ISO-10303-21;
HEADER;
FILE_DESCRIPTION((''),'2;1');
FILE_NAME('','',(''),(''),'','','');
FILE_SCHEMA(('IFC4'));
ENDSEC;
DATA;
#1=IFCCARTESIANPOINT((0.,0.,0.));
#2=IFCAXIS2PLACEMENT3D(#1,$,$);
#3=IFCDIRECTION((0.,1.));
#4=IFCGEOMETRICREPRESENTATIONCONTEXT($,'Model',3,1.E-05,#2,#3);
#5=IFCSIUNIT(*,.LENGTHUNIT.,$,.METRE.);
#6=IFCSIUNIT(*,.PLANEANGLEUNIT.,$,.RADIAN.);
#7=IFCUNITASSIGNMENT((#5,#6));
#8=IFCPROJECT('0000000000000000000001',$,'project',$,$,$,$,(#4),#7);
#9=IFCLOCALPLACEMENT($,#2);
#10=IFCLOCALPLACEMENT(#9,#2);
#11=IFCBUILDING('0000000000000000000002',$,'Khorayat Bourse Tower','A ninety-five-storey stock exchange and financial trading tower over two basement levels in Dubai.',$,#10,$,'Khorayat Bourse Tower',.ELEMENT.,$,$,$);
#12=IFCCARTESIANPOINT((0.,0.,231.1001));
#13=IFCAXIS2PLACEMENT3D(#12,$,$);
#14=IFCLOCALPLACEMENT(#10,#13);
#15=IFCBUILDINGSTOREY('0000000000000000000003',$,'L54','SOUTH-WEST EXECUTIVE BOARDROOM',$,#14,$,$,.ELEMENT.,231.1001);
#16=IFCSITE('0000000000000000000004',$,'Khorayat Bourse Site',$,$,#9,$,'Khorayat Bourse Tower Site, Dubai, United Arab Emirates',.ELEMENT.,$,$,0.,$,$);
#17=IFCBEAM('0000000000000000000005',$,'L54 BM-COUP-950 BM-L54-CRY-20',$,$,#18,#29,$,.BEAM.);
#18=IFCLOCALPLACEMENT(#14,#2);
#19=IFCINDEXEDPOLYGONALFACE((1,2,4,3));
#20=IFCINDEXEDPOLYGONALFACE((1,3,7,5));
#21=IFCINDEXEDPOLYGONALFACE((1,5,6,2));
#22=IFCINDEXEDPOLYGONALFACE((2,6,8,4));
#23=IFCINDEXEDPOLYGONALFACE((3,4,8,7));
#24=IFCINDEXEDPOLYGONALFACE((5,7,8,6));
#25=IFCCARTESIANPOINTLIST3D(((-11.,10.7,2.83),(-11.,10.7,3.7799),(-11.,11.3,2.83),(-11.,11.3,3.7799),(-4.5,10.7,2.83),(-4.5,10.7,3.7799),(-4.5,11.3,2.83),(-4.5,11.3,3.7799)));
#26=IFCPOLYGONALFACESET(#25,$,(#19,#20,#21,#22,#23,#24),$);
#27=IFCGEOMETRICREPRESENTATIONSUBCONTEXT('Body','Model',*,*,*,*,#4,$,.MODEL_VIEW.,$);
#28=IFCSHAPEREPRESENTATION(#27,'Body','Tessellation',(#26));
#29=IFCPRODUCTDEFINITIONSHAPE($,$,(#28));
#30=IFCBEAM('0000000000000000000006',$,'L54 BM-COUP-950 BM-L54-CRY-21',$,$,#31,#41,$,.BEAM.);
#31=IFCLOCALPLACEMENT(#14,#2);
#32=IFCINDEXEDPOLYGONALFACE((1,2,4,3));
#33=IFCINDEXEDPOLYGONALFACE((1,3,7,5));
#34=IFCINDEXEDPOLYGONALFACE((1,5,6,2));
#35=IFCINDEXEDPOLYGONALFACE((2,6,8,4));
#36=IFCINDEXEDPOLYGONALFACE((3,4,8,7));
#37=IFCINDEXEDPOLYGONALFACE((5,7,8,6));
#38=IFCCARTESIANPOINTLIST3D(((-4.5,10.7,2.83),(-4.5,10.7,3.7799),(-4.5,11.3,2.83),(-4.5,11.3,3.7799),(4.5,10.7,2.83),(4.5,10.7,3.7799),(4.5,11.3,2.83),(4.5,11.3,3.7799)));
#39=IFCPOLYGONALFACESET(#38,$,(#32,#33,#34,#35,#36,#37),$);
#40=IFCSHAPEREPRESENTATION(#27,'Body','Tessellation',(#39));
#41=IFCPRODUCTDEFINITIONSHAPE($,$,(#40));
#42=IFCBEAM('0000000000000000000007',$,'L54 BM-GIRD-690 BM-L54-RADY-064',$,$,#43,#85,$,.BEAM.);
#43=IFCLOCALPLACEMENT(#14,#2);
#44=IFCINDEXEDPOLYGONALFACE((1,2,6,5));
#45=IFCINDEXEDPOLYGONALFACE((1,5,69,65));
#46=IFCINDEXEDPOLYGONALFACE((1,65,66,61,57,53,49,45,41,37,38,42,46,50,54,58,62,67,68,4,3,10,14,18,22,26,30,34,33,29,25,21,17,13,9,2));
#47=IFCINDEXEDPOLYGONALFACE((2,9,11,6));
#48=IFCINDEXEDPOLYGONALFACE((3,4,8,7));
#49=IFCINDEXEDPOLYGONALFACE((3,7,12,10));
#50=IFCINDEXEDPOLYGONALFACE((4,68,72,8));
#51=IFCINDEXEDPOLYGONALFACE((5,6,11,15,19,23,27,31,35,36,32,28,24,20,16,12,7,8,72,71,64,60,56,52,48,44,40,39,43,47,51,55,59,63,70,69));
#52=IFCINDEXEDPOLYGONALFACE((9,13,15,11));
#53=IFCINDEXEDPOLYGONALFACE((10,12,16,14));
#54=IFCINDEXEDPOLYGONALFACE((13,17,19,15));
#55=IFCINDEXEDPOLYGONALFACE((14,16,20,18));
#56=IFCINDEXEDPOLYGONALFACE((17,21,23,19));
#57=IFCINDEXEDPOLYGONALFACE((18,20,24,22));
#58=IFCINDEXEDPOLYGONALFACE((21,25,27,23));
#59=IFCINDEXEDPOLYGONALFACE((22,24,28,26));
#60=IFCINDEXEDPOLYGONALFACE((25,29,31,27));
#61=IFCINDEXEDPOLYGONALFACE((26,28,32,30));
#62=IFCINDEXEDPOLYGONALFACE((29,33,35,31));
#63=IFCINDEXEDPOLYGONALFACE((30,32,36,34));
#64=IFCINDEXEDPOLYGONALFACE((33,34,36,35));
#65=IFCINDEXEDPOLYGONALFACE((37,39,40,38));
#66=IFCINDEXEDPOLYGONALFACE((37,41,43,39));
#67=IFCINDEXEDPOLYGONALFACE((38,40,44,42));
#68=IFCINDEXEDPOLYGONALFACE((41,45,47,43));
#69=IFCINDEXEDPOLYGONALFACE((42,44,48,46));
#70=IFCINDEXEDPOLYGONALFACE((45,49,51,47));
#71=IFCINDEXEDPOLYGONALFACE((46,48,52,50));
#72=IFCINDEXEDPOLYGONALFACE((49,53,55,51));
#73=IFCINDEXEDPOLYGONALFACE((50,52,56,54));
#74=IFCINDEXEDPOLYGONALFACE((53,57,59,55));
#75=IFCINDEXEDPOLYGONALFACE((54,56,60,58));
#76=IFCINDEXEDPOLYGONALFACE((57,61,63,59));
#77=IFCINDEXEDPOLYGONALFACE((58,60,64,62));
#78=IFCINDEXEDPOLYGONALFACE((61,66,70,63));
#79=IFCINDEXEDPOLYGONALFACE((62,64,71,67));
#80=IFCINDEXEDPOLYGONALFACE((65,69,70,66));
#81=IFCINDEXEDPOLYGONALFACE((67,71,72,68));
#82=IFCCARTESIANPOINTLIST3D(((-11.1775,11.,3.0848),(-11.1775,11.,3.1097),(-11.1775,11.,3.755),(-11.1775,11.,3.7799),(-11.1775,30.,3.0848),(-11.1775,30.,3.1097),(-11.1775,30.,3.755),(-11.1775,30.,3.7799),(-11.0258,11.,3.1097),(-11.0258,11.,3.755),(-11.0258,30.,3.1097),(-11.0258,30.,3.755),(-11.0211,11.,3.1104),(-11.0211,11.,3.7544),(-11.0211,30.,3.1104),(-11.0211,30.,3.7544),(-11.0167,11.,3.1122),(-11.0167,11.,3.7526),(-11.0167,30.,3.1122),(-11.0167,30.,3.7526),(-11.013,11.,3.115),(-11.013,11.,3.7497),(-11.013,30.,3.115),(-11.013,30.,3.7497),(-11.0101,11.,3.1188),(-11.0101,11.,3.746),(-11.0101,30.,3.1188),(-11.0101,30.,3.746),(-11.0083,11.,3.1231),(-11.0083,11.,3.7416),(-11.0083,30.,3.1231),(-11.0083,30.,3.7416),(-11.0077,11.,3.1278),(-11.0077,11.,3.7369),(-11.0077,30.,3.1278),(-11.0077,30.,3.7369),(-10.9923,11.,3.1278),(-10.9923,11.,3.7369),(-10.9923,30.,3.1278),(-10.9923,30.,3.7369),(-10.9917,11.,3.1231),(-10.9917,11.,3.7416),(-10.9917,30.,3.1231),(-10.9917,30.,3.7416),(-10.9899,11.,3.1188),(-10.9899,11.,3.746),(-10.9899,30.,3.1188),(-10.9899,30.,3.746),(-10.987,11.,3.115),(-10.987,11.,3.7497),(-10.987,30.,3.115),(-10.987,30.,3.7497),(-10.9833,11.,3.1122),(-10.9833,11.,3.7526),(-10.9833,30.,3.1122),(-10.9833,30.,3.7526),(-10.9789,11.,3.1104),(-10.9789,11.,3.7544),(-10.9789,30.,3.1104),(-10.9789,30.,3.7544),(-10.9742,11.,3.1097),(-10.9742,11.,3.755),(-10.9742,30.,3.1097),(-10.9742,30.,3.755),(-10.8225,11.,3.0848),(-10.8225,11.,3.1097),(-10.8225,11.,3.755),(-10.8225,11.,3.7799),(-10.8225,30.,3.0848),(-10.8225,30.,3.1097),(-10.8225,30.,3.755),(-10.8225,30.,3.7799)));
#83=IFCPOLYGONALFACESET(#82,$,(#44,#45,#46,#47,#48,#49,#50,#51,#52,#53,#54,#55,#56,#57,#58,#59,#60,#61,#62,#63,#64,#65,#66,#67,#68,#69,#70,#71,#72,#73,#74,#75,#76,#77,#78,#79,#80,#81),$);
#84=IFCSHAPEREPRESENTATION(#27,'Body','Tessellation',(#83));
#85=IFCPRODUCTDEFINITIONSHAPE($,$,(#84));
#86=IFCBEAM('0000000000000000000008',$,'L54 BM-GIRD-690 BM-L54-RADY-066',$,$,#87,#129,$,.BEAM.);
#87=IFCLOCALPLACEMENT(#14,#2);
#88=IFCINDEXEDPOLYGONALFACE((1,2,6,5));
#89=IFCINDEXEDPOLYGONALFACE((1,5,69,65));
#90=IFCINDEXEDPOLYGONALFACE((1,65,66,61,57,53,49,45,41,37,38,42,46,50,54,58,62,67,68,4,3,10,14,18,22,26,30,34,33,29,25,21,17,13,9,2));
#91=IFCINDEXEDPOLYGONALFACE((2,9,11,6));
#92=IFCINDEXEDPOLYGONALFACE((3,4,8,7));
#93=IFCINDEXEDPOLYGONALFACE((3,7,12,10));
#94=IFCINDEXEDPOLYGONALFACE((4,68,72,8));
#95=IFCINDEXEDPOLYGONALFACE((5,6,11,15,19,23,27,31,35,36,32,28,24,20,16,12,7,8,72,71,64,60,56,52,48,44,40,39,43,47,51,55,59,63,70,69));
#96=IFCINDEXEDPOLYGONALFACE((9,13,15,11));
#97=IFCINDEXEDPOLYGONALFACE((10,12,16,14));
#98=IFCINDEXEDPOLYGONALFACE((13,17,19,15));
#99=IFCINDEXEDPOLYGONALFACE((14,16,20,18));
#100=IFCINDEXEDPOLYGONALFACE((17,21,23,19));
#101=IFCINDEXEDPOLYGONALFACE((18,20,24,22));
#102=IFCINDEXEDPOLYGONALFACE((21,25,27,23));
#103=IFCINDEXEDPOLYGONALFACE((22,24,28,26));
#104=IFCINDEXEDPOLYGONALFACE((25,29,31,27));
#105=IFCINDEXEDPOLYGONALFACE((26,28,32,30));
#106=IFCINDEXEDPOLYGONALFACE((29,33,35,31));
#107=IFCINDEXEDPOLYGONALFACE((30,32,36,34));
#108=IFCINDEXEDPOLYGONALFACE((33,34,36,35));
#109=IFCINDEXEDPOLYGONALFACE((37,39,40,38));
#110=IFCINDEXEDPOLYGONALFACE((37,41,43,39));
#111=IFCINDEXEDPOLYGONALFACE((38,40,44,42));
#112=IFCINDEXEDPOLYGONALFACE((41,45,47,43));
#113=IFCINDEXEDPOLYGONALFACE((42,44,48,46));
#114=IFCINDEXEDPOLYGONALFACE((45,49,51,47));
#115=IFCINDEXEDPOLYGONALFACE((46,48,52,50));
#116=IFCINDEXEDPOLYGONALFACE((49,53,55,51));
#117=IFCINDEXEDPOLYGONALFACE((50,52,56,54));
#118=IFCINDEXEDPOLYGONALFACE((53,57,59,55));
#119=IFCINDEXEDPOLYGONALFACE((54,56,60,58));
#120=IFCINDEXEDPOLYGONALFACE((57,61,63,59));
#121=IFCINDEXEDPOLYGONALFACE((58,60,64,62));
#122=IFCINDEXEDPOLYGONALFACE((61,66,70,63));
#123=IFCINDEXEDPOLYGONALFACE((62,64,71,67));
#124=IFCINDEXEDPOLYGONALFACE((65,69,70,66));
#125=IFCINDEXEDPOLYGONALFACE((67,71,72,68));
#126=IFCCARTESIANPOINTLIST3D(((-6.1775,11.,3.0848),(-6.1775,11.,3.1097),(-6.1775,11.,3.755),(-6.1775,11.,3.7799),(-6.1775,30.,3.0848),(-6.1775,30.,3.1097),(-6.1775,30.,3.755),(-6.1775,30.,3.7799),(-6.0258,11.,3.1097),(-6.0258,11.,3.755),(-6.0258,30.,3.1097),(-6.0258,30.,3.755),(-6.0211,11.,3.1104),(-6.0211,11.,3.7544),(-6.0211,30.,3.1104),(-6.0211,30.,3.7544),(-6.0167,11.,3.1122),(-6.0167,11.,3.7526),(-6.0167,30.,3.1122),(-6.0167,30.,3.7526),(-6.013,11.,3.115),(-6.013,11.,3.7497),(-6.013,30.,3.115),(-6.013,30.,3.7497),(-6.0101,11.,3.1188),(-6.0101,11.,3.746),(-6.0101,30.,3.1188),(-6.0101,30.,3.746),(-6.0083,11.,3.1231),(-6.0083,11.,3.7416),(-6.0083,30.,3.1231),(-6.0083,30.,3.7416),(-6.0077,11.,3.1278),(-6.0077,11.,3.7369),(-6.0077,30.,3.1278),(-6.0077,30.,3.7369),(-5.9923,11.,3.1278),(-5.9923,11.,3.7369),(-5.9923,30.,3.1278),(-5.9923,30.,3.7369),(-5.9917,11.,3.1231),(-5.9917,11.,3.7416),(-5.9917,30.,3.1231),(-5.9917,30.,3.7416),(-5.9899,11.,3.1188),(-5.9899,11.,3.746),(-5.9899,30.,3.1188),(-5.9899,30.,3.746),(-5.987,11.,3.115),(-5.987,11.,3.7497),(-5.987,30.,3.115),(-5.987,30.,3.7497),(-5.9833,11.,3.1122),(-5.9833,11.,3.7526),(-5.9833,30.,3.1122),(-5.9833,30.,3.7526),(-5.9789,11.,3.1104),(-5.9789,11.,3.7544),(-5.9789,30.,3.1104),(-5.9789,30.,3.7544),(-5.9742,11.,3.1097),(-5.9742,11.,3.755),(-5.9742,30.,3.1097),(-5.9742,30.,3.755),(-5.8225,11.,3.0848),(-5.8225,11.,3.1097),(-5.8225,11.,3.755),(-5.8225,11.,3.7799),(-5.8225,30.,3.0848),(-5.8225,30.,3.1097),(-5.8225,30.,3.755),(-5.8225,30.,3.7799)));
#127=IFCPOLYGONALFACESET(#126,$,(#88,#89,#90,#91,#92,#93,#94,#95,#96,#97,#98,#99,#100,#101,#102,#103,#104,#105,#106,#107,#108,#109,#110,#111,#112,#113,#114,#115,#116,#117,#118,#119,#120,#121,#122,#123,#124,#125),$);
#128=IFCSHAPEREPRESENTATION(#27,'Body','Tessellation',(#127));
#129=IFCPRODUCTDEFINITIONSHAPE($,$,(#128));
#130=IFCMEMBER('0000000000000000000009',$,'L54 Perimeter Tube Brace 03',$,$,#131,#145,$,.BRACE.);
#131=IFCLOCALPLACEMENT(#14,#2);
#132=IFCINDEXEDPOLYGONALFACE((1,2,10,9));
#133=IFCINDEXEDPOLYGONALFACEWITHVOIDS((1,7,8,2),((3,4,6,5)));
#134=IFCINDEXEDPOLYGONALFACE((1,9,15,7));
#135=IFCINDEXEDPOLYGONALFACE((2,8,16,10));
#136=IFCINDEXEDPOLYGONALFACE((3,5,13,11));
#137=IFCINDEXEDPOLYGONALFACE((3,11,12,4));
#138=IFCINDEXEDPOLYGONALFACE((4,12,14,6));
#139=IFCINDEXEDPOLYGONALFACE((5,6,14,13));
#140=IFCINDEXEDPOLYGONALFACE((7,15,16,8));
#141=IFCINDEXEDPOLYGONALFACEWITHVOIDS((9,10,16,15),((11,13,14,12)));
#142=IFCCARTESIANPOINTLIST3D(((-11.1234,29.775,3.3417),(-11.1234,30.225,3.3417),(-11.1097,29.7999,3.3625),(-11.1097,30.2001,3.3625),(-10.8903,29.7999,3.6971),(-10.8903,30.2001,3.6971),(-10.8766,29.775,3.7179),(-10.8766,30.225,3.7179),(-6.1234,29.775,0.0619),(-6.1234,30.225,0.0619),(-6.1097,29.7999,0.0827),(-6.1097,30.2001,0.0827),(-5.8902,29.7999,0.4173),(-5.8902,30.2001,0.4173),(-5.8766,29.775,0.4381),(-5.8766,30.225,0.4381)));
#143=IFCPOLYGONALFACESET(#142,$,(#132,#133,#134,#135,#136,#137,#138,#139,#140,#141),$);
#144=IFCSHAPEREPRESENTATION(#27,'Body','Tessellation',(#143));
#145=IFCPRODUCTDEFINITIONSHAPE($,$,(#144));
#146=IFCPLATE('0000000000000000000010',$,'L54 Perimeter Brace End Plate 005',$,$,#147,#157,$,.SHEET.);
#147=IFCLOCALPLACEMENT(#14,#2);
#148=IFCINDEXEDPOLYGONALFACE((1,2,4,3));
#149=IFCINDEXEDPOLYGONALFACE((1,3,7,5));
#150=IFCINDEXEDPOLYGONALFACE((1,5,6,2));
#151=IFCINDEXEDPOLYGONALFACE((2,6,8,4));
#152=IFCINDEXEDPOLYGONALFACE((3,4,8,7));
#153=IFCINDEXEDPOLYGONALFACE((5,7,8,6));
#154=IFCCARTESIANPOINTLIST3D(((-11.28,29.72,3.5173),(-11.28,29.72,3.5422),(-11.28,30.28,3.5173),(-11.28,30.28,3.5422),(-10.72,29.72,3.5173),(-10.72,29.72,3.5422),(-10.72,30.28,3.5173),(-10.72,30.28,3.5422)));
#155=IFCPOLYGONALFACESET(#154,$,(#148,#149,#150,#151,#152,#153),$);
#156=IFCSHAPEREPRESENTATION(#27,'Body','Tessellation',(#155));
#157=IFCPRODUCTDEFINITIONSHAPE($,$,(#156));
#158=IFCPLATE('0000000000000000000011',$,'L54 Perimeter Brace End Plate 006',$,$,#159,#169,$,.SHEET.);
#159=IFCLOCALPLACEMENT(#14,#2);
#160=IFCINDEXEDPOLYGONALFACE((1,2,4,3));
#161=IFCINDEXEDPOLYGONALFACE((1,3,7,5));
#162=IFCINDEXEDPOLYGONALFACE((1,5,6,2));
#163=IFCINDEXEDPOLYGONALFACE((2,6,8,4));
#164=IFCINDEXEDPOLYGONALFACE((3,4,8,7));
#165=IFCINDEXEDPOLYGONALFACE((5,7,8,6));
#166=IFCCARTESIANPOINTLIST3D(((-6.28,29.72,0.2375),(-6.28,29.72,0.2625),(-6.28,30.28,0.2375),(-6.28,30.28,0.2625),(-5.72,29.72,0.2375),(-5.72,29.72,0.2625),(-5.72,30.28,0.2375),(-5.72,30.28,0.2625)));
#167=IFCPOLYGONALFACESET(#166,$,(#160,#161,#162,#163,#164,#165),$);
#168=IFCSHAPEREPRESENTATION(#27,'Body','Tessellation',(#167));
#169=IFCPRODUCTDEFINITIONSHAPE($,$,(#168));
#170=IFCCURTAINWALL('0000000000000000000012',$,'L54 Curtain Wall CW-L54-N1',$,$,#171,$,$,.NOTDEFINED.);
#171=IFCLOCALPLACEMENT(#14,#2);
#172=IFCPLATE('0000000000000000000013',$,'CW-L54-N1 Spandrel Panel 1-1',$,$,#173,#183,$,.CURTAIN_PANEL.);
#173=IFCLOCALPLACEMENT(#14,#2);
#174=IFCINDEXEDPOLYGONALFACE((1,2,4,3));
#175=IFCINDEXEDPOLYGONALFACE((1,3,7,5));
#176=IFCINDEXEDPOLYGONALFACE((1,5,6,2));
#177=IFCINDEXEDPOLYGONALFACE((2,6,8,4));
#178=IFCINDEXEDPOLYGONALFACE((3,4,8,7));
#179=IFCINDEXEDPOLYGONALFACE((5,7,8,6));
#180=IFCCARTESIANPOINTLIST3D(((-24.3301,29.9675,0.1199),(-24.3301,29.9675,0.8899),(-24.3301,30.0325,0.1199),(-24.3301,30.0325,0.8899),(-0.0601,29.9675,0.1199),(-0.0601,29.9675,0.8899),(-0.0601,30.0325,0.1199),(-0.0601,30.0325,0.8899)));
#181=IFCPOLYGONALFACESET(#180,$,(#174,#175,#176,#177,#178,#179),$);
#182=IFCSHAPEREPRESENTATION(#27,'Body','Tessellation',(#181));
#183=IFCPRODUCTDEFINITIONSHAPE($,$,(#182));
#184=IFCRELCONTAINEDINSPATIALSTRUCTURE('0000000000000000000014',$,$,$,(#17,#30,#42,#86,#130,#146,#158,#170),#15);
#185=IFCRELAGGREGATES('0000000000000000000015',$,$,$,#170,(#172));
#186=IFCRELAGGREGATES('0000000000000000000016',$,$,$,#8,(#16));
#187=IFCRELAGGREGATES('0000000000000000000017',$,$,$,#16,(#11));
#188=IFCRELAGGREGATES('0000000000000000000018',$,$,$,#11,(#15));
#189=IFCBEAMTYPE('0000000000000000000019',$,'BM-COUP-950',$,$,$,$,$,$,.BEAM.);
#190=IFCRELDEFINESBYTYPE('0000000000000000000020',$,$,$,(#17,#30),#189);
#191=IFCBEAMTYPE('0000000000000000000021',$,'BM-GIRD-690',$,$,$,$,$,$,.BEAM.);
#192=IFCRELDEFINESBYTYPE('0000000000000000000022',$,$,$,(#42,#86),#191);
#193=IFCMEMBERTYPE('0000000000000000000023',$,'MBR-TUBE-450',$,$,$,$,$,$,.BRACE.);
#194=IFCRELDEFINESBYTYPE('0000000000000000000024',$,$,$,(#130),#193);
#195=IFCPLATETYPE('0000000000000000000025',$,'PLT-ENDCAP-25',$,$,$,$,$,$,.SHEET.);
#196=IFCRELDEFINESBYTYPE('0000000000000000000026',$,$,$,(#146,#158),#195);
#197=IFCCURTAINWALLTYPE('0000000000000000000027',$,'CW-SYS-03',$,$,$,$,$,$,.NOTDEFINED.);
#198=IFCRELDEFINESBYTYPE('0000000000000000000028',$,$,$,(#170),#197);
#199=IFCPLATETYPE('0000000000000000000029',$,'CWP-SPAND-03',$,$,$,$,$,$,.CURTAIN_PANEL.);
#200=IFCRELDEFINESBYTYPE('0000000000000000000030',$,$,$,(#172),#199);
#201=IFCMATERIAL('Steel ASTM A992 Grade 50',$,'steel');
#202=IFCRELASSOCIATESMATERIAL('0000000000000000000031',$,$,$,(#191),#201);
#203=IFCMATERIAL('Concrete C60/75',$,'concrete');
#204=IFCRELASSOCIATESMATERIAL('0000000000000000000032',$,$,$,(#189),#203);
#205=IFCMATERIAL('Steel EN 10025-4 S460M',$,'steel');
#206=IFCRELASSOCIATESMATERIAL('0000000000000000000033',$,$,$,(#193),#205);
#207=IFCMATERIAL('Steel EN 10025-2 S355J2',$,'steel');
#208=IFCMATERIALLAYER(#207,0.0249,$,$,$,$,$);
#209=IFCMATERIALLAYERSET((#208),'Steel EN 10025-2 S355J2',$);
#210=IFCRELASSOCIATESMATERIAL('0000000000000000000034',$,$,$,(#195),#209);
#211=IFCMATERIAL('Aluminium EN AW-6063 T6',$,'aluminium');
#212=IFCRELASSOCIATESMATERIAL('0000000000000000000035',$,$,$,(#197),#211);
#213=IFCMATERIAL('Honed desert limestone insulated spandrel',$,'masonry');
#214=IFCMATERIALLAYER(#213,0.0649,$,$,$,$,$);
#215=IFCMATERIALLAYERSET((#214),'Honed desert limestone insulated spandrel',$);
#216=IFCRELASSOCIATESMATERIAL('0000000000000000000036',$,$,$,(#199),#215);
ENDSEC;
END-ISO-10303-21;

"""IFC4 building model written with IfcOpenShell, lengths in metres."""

from ifc_helpers import new_model, si_unit, direction, frame, origin, origin_2d, place, context, subcontext, project, spatial, rectangle, hollow_rectangle, i_section, extrude, source, transform, mapped, material, layer, layer_set, material_profile, profile_set, type_object, element, aggregate, save


model = new_model("IFC4")

# Units and contexts
model_context = context("Model", 3, precision=1e-05, world=origin(), true_north=direction((0.0, 1.0)))
body_context = subcontext(model_context, "Body", "Model", "MODEL_VIEW")
ifc_project = project(units=[si_unit("LENGTHUNIT", "METRE"), si_unit("PLANEANGLEUNIT", "RADIAN")], contexts=[model_context])

# Site, building, storey
site_placement = place(None, origin())
site = spatial("IfcSite", under=ifc_project, at=site_placement, Name="Khorayat Bourse Site", LongName="Khorayat Bourse Tower Site, Dubai, United Arab Emirates", CompositionType="ELEMENT", RefElevation=0.0)
building_placement = place(site_placement, origin())
building = spatial("IfcBuilding", under=site, at=building_placement, Name="Khorayat Bourse Tower", Description="A ninety-five-storey stock exchange and financial trading tower over two basement levels in Dubai.", LongName="Khorayat Bourse Tower", CompositionType="ELEMENT")
storey_placement = place(building_placement, frame((0.0, 0.0, 231.1001)))
storey = spatial("IfcBuildingStorey", under=building, at=storey_placement, Name="L54", Description="SOUTH-WEST EXECUTIVE BOARDROOM", CompositionType="ELEMENT", Elevation=231.1001)

# Shared definitions
ifc_material_1 = material(Name="Concrete C60/75", Category="concrete")
ifc_material_2 = material(Name="Steel EN 10025-4 S460M", Category="steel")

# Beams
ifc_material_3 = material(Name="Steel ASTM A992 Grade 50", Category="steel")
ifc_material_profile_1 = material_profile(ifc_material_3, i_section(OverallWidth=0.355, OverallDepth=0.6951, WebThickness=0.0154, FlangeThickness=0.0249, FilletRadius=0.0181, at=origin_2d()), Name="W690X217")
ifc_profile_set_1 = profile_set([ifc_material_profile_1], Name="Steel ASTM A992 Grade 50")
beam_type_1 = type_object("IfcBeamType", Name="BM-GIRD-690", PredefinedType="BEAM", material=ifc_profile_set_1)
ifc_material_profile_2 = material_profile(ifc_material_1, rectangle(XDim=0.6001, YDim=0.95, at=origin_2d()), Name="RC 600x950")
ifc_profile_set_2 = profile_set([ifc_material_profile_2], Name="Concrete C60/75")
beam_type_2 = type_object("IfcBeamType", Name="BM-COUP-950", PredefinedType="BEAM", material=ifc_profile_set_2)
shared_shape_1 = source(origin(), body_context, "Body", "SweptSolid", [
    extrude(rectangle(XDim=0.6001, YDim=0.95, at=origin_2d()), origin(), (0.0, 0.0, 1.0), 6.5),
])
beam_1_placement = place(storey_placement, frame((-11.0, 11.0, 3.3049), z_axis=(1.0, 0.0, 0.0), x_axis=(0.0, 1.0, 0.0)))
element("IfcBeam", 1, at=beam_1_placement, inside=storey, type_object=beam_type_2, Name="L54 BM-COUP-950 BM-L54-CRY-20", PredefinedType="BEAM", context=body_context, shape_type="MappedRepresentation", body=[
    mapped(shared_shape_1, transform((0.0, 0.0, 0.0), scale=1.0)),
])
shared_shape_2 = source(origin(), body_context, "Body", "SweptSolid", [
    extrude(rectangle(XDim=0.6001, YDim=0.95, at=origin_2d()), origin(), (0.0, 0.0, 1.0), 9.0),
])
beam_2_placement = place(storey_placement, frame((-4.5, 11.0, 3.3049), z_axis=(1.0, 0.0, 0.0), x_axis=(0.0, 1.0, 0.0)))
element("IfcBeam", 2, at=beam_2_placement, inside=storey, type_object=beam_type_2, Name="L54 BM-COUP-950 BM-L54-CRY-21", PredefinedType="BEAM", context=body_context, shape_type="MappedRepresentation", body=[
    mapped(shared_shape_2, transform((0.0, 0.0, 0.0), scale=1.0)),
])
shared_shape_3 = source(origin(), body_context, "Body", "SweptSolid", [
    extrude(i_section(OverallWidth=0.355, OverallDepth=0.6951, WebThickness=0.0154, FlangeThickness=0.0249, FilletRadius=0.0181, at=origin_2d()), origin(), (0.0, 0.0, 1.0), 19.0),
])
for number, where, z_axis, x_axis, name in (
    (3, (-11.0, 11.0, 3.4324), (0.0, 1.0, 0.0), (-1.0, 0.0, 0.0), "L54 BM-GIRD-690 BM-L54-RADY-064"),
    (4, (-6.0, 11.0, 3.4324), (0.0, 1.0, 0.0), (-1.0, 0.0, 0.0), "L54 BM-GIRD-690 BM-L54-RADY-066"),
):
    element("IfcBeam", number, at=place(storey_placement, frame(where, z_axis=z_axis, x_axis=x_axis)), inside=storey, type_object=beam_type_1, Name=name, PredefinedType="BEAM", context=body_context, shape_type="MappedRepresentation", body=[
        mapped(shared_shape_3, transform((0.0, 0.0, 0.0), scale=1.0)),
    ])

# Member
ifc_material_profile_3 = material_profile(ifc_material_2, hollow_rectangle(XDim=0.45, YDim=0.45, WallThickness=0.0249, at=origin_2d()), Name="HSS 450x450x25")
ifc_profile_set_3 = profile_set([ifc_material_profile_3], Name="Steel EN 10025-4 S460M")
member_type = type_object("IfcMemberType", Name="MBR-TUBE-450", PredefinedType="BRACE", material=ifc_profile_set_3)
shared_shape_4 = source(origin(), body_context, "Body", "SweptSolid", [
    extrude(hollow_rectangle(XDim=0.45, YDim=0.45, WallThickness=0.0249, at=origin_2d()), origin(), (0.0, 0.0, 1.0), 5.9797),
])
member_placement = place(storey_placement, frame((-11.0, 30.0, 3.5298), z_axis=(0.83616, 0.0, -0.548485), x_axis=(0.0, 1.0, 0.0)))
element("IfcMember", 5, at=member_placement, inside=storey, type_object=member_type, Name="L54 Perimeter Tube Brace 03", PredefinedType="BRACE", context=body_context, shape_type="MappedRepresentation", body=[
    mapped(shared_shape_4, transform((0.0, 0.0, 0.0), scale=1.0)),
])

# Plates
ifc_material_4 = material(Name="Steel EN 10025-2 S355J2", Category="steel")
ifc_layer_1 = layer(ifc_material_4, 0.0249)
ifc_layer_set_1 = layer_set([ifc_layer_1], Name="Steel EN 10025-2 S355J2")
plate_type_1 = type_object("IfcPlateType", Name="PLT-ENDCAP-25", PredefinedType="SHEET", material=ifc_layer_set_1)
shared_shape_5 = source(origin(), body_context, "Body", "SweptSolid", [
    extrude(rectangle(XDim=0.5601, YDim=0.5601, at=origin_2d()), origin(), (0.0, 0.0, 1.0), 0.0249),
])
for number, where, z_axis, x_axis, name in (
    (6, (-11.0, 30.0, 3.5173), (0.0, 0.0, 1.0), (1.0, 0.0, 0.0), "L54 Perimeter Brace End Plate 005"),
    (7, (-6.0, 30.0, 0.2375), (0.0, 0.0, 1.0), (1.0, 0.0, 0.0), "L54 Perimeter Brace End Plate 006"),
):
    element("IfcPlate", number, at=place(storey_placement, frame(where, z_axis=z_axis, x_axis=x_axis)), inside=storey, type_object=plate_type_1, Name=name, PredefinedType="SHEET", context=body_context, shape_type="MappedRepresentation", body=[
        mapped(shared_shape_5, transform((0.0, 0.0, 0.0), scale=1.0)),
    ])

# Curtain wall, plate
ifc_material_5 = material(Name="Aluminium EN AW-6063 T6", Category="aluminium")
curtain_wall_type = type_object("IfcCurtainWallType", Name="CW-SYS-03", PredefinedType="NOTDEFINED", material=ifc_material_5)
curtain_wall_placement = place(storey_placement, origin())
curtain_wall = element("IfcCurtainWall", 8, at=curtain_wall_placement, inside=storey, type_object=curtain_wall_type, Name="L54 Curtain Wall CW-L54-N1", PredefinedType="NOTDEFINED")
ifc_material_6 = material(Name="Honed desert limestone insulated spandrel", Category="masonry")
ifc_layer_2 = layer(ifc_material_6, 0.0649)
ifc_layer_set_2 = layer_set([ifc_layer_2], Name="Honed desert limestone insulated spandrel")
plate_type_2 = type_object("IfcPlateType", Name="CWP-SPAND-03", PredefinedType="CURTAIN_PANEL", material=ifc_layer_set_2)
shared_shape_6 = source(origin(), body_context, "Body", "SweptSolid", [
    extrude(rectangle(XDim=24.27, YDim=0.0649, at=origin_2d()), origin(), (0.0, 0.0, 1.0), 0.77),
])
plate_1_placement = place(storey_placement, frame((-12.1951, 30.0, 0.1199), z_axis=(0.0, 0.0, 1.0), x_axis=(1.0, 0.0, 0.0)))
plate_1 = element("IfcPlate", 9, at=plate_1_placement, type_object=plate_type_2, Name="CW-L54-N1 Spandrel Panel 1-1", PredefinedType="CURTAIN_PANEL", context=body_context, shape_type="MappedRepresentation", body=[
    mapped(shared_shape_6, transform((0.0, 0.0, 0.0), scale=1.0)),
])
aggregate(curtain_wall, [plate_1])

save(model, "model.ifc")
